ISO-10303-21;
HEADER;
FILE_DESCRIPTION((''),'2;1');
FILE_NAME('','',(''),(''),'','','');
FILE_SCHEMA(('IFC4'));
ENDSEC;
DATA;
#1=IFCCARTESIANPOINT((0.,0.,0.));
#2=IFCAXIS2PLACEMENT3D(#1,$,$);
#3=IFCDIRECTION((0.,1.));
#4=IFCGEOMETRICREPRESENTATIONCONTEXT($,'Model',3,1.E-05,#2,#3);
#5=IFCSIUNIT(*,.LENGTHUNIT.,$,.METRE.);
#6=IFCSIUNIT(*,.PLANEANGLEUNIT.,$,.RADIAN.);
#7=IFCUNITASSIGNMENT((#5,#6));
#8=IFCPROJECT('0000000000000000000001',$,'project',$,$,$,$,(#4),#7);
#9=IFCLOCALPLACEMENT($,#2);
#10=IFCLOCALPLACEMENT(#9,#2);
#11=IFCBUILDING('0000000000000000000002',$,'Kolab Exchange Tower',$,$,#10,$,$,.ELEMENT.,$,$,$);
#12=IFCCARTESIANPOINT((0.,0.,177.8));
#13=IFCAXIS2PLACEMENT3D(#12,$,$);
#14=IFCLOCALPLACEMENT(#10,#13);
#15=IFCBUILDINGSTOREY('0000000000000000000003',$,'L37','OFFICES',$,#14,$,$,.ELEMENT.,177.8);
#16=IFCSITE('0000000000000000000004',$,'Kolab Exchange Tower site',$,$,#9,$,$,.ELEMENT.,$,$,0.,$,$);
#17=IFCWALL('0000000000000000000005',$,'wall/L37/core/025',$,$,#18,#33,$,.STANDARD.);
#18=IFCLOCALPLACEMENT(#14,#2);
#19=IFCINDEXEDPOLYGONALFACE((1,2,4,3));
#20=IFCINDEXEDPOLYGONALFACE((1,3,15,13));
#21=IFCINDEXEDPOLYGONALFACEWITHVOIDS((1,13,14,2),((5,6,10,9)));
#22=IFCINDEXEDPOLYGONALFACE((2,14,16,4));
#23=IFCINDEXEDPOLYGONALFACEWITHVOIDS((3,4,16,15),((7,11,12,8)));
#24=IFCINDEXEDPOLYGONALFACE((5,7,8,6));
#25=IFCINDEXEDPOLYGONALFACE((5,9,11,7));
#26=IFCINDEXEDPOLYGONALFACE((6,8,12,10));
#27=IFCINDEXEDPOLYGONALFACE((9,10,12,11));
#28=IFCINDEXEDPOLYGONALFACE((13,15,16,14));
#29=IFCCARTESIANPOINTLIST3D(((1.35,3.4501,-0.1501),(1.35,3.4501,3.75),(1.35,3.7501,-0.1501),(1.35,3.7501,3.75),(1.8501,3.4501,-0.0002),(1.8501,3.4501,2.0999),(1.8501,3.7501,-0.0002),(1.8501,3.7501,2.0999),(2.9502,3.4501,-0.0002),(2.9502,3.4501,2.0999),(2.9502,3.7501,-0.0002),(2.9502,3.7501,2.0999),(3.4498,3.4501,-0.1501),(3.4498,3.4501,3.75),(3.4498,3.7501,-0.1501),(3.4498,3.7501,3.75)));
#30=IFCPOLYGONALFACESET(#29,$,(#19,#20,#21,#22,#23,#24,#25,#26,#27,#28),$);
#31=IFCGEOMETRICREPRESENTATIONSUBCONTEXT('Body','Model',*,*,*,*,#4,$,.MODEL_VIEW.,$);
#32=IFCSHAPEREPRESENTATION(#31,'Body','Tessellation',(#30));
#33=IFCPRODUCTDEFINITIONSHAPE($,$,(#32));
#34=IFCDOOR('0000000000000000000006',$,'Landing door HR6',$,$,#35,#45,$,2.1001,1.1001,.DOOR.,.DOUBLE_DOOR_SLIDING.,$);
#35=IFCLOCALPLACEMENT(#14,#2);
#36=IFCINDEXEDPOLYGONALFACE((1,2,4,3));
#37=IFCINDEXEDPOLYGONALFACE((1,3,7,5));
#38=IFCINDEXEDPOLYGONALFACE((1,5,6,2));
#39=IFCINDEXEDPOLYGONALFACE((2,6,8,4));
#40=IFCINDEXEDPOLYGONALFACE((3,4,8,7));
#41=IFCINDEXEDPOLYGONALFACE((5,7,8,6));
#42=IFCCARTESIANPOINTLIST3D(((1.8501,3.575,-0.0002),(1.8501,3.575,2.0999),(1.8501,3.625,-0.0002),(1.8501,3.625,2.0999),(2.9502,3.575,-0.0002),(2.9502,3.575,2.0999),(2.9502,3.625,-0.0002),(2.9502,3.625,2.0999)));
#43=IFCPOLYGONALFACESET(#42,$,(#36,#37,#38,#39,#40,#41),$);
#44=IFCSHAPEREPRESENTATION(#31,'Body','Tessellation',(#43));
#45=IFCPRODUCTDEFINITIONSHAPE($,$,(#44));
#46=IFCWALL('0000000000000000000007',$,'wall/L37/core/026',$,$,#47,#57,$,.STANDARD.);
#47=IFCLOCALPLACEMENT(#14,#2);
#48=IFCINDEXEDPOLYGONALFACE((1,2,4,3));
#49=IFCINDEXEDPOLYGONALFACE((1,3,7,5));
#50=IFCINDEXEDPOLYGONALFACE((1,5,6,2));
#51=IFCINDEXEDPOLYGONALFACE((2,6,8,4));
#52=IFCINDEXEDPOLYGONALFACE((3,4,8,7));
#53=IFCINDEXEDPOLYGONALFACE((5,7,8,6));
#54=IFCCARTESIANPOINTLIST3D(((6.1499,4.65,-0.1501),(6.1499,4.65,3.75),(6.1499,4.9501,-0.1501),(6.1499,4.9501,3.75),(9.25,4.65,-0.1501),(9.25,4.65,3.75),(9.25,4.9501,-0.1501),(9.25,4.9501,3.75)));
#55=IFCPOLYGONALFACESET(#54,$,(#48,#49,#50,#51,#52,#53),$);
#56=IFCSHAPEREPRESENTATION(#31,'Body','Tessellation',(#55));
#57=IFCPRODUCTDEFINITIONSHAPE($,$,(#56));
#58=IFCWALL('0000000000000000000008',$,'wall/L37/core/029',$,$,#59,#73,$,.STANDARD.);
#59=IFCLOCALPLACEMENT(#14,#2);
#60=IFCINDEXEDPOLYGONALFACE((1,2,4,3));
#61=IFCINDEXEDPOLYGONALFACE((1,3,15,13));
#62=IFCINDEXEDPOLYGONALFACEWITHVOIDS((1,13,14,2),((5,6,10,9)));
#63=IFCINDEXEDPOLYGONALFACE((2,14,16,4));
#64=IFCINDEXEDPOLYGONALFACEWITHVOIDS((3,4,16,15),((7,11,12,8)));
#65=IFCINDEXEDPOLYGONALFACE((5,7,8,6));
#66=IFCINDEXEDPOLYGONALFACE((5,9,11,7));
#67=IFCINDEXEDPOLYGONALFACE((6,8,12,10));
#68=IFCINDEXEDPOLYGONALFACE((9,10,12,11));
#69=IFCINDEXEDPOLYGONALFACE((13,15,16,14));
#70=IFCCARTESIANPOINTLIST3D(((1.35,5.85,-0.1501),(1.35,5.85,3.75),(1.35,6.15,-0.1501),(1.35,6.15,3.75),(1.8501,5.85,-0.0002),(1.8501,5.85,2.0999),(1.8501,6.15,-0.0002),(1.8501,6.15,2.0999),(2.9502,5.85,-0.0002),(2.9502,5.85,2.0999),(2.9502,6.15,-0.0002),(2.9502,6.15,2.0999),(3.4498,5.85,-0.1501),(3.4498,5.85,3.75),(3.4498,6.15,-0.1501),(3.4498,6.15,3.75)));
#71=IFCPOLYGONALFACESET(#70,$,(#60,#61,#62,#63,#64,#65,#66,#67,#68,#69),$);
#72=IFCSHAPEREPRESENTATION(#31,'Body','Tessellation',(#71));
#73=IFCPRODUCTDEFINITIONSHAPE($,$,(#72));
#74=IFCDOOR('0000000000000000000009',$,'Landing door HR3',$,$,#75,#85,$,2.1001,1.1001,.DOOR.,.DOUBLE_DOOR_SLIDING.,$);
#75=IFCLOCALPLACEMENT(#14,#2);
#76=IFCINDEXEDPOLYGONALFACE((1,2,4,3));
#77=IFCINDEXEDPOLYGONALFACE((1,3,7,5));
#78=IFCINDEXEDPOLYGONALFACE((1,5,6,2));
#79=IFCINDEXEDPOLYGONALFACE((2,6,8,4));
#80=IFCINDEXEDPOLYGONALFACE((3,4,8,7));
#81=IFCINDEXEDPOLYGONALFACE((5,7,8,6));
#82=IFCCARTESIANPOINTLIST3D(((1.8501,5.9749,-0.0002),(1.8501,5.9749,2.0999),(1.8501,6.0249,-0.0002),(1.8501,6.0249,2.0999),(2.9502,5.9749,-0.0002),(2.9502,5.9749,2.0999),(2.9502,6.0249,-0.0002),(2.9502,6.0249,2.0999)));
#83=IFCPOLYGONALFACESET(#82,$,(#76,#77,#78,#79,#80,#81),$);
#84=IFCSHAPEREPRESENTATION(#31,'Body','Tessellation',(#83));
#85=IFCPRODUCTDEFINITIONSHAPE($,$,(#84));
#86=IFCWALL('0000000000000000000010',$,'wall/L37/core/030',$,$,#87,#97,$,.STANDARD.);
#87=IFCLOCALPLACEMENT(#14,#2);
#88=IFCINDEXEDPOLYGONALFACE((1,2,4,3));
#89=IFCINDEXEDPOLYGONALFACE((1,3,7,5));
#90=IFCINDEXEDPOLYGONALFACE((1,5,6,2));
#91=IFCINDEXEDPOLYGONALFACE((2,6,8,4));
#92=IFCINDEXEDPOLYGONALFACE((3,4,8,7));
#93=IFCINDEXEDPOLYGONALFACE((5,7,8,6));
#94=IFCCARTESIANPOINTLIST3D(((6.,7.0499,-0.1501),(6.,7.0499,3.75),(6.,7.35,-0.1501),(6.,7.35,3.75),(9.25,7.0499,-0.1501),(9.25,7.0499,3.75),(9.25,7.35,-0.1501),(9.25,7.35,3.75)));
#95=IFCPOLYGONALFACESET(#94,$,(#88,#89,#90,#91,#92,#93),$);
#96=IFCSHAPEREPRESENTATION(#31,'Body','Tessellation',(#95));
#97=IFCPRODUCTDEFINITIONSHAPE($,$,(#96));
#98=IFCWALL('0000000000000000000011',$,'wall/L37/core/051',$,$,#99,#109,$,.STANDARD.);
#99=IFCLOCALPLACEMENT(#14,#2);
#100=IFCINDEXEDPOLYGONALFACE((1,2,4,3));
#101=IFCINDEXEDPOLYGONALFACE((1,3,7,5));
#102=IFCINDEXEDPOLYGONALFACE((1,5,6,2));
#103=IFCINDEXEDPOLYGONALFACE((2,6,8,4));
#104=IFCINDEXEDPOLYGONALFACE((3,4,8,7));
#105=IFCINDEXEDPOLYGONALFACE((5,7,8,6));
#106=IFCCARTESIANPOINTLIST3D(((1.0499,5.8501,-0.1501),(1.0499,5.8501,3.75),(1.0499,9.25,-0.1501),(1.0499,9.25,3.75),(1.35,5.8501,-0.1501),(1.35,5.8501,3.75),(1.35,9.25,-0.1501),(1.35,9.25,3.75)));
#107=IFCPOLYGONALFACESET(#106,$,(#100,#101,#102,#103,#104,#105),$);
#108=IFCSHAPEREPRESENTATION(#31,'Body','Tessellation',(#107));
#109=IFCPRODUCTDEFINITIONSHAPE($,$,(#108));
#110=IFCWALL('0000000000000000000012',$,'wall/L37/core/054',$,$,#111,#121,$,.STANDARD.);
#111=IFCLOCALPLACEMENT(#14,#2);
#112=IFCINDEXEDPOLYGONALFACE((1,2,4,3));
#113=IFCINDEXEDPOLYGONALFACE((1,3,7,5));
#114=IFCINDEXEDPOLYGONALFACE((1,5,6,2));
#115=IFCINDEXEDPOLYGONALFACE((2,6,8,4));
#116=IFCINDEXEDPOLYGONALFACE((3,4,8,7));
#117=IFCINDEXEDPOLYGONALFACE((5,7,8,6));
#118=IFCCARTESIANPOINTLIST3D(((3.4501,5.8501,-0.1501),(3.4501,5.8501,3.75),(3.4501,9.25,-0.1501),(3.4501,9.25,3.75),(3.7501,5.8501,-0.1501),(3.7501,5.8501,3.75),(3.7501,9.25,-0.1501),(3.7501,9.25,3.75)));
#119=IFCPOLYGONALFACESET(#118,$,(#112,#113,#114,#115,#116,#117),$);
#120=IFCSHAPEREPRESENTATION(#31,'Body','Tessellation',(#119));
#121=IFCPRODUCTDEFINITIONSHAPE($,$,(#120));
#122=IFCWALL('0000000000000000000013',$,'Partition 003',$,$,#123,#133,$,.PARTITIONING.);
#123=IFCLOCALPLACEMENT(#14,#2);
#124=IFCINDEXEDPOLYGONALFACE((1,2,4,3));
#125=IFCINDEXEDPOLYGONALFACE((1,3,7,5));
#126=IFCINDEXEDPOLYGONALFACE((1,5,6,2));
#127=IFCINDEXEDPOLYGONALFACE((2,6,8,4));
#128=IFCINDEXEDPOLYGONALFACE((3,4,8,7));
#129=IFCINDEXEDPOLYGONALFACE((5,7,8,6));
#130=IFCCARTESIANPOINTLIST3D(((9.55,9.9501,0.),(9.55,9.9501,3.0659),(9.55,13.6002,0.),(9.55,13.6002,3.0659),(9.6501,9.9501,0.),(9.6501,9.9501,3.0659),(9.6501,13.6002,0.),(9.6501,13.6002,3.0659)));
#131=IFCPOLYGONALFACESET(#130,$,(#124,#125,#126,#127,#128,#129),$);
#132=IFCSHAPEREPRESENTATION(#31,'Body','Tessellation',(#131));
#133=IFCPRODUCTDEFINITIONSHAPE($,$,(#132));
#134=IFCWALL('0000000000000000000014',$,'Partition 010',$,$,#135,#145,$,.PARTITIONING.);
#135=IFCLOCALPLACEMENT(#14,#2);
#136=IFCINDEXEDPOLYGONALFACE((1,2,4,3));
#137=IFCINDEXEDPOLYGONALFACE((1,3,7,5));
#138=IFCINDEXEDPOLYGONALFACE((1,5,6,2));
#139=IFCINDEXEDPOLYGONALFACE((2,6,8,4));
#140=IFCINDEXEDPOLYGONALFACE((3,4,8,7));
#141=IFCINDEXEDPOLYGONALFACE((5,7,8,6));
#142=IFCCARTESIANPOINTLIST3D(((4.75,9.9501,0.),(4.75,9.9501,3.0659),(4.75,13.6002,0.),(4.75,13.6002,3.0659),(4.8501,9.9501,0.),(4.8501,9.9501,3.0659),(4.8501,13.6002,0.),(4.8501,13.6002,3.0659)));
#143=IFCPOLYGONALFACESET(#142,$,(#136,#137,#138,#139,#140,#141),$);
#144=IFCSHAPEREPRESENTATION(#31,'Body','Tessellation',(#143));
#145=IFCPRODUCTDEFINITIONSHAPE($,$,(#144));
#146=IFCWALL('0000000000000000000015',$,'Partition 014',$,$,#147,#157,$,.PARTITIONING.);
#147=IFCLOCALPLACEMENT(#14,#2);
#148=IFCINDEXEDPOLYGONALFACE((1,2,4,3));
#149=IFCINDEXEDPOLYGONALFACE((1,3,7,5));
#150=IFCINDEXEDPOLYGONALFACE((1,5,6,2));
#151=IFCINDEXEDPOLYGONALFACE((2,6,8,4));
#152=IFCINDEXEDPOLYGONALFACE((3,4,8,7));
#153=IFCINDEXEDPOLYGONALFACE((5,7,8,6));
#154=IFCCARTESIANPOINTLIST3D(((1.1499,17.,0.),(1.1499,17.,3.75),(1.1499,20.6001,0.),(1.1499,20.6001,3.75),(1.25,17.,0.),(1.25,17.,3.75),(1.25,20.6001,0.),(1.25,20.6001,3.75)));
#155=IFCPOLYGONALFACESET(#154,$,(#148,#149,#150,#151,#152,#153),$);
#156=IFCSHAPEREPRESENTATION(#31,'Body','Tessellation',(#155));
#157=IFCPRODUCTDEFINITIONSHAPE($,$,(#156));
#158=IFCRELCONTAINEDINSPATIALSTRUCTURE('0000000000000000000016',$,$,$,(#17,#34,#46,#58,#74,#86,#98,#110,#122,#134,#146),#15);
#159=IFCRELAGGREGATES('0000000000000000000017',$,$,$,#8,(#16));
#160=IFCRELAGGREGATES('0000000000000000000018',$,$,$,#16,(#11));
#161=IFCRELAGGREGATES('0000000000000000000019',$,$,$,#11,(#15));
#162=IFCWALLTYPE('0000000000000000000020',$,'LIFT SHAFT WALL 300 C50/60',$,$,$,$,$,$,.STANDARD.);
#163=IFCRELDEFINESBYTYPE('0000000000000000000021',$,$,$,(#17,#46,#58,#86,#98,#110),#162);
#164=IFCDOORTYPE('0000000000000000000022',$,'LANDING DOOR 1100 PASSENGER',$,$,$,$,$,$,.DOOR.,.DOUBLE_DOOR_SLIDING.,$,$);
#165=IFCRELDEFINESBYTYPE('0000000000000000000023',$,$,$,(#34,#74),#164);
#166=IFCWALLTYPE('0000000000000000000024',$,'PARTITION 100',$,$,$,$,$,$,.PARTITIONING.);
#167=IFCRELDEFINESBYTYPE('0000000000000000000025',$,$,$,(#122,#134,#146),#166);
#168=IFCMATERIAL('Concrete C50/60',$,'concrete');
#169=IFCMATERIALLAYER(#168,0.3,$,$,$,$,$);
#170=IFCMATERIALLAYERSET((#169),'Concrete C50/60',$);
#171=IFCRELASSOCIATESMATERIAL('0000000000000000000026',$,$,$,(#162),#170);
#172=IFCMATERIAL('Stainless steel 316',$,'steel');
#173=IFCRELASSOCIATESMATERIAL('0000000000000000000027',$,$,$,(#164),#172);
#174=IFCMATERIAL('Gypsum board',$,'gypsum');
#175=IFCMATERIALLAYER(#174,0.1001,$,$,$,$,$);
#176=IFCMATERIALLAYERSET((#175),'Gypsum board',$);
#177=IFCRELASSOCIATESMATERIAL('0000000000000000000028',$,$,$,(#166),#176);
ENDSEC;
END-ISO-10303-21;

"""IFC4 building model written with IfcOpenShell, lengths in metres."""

from ifc_helpers import new_model, si_unit, direction, frame, frame_2d, origin, place, context, subcontext, project, spatial, rectangle, extrude, material, layer, layer_set, type_object, element, fill, save


model = new_model("IFC4")

# Units and contexts
model_context = context("Model", 3, precision=1e-05, world=origin(), true_north=direction((0.0, 1.0)))
body_context = subcontext(model_context, "Body", "Model", "MODEL_VIEW")
ifc_project = project(units=[si_unit("LENGTHUNIT", "METRE"), si_unit("PLANEANGLEUNIT", "RADIAN")], contexts=[model_context])

# Site, building, storey
site_placement = place(None, origin())
site = spatial("IfcSite", under=ifc_project, at=site_placement, Name="Kolab Exchange Tower site", CompositionType="ELEMENT", RefElevation=0.0)
building_placement = place(site_placement, origin())
building = spatial("IfcBuilding", under=site, at=building_placement, Name="Kolab Exchange Tower", CompositionType="ELEMENT")
storey_placement = place(building_placement, frame((0.0, 0.0, 177.8)))
storey = spatial("IfcBuildingStorey", under=building, at=storey_placement, Name="L37", Description="OFFICES", CompositionType="ELEMENT", Elevation=177.8)

# Shared definitions
ifc_material_1 = material(Name="Concrete C50/60", Category="concrete")

# Shared definitions
ifc_layer_1 = layer(ifc_material_1, 0.3)
ifc_layer_set_1 = layer_set([ifc_layer_1], Name="Concrete C50/60")
wall_type_1 = type_object("IfcWallType", Name="LIFT SHAFT WALL 300 C50/60", PredefinedType="STANDARD", material=ifc_layer_set_1)

# Wall, opening, door
wall_1_placement = place(storey_placement, frame((1.3501, 3.6001, -0.1501), z_axis=(0.0, 0.0, 1.0), x_axis=(1.0, 0.0, 0.0)))
wall_1 = element("IfcWall", 1, at=wall_1_placement, inside=storey, type_object=wall_type_1, Name="wall/L37/core/025", PredefinedType="STANDARD", context=body_context, shape_type="SweptSolid", body=[
    extrude(rectangle(XDim=2.0999, YDim=0.3, at=frame_2d((1.0498, 0.0))), origin(), (0.0, 0.0, 1.0), 3.9001),
])
opening_1_placement = place(wall_1_placement, frame((0.5, 0.0, 0.1499)))
opening_1 = element("IfcOpeningElement", 2, at=opening_1_placement, cuts=wall_1, PredefinedType="OPENING", context=body_context, shape_type="SweptSolid", body=[
    extrude(rectangle(XDim=1.1001, YDim=2.1001, at=frame_2d((0.55, 1.05))), frame((0.0, 0.1602, 0.0), z_axis=(0.0, -1.0, 0.0), x_axis=(1.0, 0.0, 0.0)), (0.0, 0.0, 1.0), 0.3201),
])
ifc_material_2 = material(Name="Stainless steel 316", Category="steel")
door_type_1 = type_object("IfcDoorType", Name="LANDING DOOR 1100 PASSENGER", OperationType="DOUBLE_DOOR_SLIDING", PredefinedType="DOOR", material=ifc_material_2)
door_1_placement = place(opening_1_placement, origin())
door_1 = element("IfcDoor", 3, at=door_1_placement, inside=storey, type_object=door_type_1, Name="Landing door HR6", OperationType="DOUBLE_DOOR_SLIDING", OverallHeight=2.1001, OverallWidth=1.1001, PredefinedType="DOOR", context=body_context, shape_type="SweptSolid", body=[
    extrude(rectangle(XDim=1.1001, YDim=2.1001, at=frame_2d((0.55, 1.05))), frame((0.0, 0.0249, 0.0), z_axis=(0.0, -1.0, 0.0), x_axis=(1.0, 0.0, 0.0)), (0.0, 0.0, 1.0), 0.05),
])
fill(opening_1, door_1)

# Wall
wall_2_placement = place(storey_placement, frame((6.1499, 4.8, -0.1501), z_axis=(0.0, 0.0, 1.0), x_axis=(1.0, 0.0, 0.0)))
element("IfcWall", 4, at=wall_2_placement, inside=storey, type_object=wall_type_1, Name="wall/L37/core/026", PredefinedType="STANDARD", context=body_context, shape_type="SweptSolid", body=[
    extrude(rectangle(XDim=3.1001, YDim=0.3, at=frame_2d((1.55, 0.0))), origin(), (0.0, 0.0, 1.0), 3.9001),
])

# Wall, opening, door
wall_3_placement = place(storey_placement, frame((1.3501, 6.0, -0.1501), z_axis=(0.0, 0.0, 1.0), x_axis=(1.0, 0.0, 0.0)))
wall_3 = element("IfcWall", 5, at=wall_3_placement, inside=storey, type_object=wall_type_1, Name="wall/L37/core/029", PredefinedType="STANDARD", context=body_context, shape_type="SweptSolid", body=[
    extrude(rectangle(XDim=2.0999, YDim=0.3, at=frame_2d((1.0498, 0.0))), origin(), (0.0, 0.0, 1.0), 3.9001),
])
opening_2_placement = place(wall_3_placement, frame((0.5, 0.0, 0.1499)))
opening_2 = element("IfcOpeningElement", 6, at=opening_2_placement, cuts=wall_3, PredefinedType="OPENING", context=body_context, shape_type="SweptSolid", body=[
    extrude(rectangle(XDim=1.1001, YDim=2.1001, at=frame_2d((0.55, 1.05))), frame((0.0, 0.1602, 0.0), z_axis=(0.0, -1.0, 0.0), x_axis=(1.0, 0.0, 0.0)), (0.0, 0.0, 1.0), 0.3201),
])
door_2_placement = place(opening_2_placement, origin())
door_2 = element("IfcDoor", 7, at=door_2_placement, inside=storey, type_object=door_type_1, Name="Landing door HR3", OperationType="DOUBLE_DOOR_SLIDING", OverallHeight=2.1001, OverallWidth=1.1001, PredefinedType="DOOR", context=body_context, shape_type="SweptSolid", body=[
    extrude(rectangle(XDim=1.1001, YDim=2.1001, at=frame_2d((0.55, 1.05))), frame((0.0, 0.0249, 0.0), z_axis=(0.0, -1.0, 0.0), x_axis=(1.0, 0.0, 0.0)), (0.0, 0.0, 1.0), 0.05),
])
fill(opening_2, door_2)

# Walls
wall_4_placement = place(storey_placement, frame((6.0, 7.2, -0.1501), z_axis=(0.0, 0.0, 1.0), x_axis=(1.0, 0.0, 0.0)))
element("IfcWall", 8, at=wall_4_placement, inside=storey, type_object=wall_type_1, Name="wall/L37/core/030", PredefinedType="STANDARD", context=body_context, shape_type="SweptSolid", body=[
    extrude(rectangle(XDim=3.25, YDim=0.3, at=frame_2d((1.625, 0.0))), origin(), (0.0, 0.0, 1.0), 3.9001),
])
for number, where, z_axis, x_axis, name in (
    (9, (1.2, 5.8501, -0.1501), (0.0, 0.0, 1.0), (0.0, 1.0, 0.0), "wall/L37/core/051"),
    (10, (3.6001, 5.8501, -0.1501), (0.0, 0.0, 1.0), (0.0, 1.0, 0.0), "wall/L37/core/054"),
):
    element("IfcWall", number, at=place(storey_placement, frame(where, z_axis=z_axis, x_axis=x_axis)), inside=storey, type_object=wall_type_1, Name=name, PredefinedType="STANDARD", context=body_context, shape_type="SweptSolid", body=[
        extrude(rectangle(XDim=3.3999, YDim=0.3, at=frame_2d((1.7, 0.0))), origin(), (0.0, 0.0, 1.0), 3.9001),
    ])
ifc_material_3 = material(Name="Gypsum board", Category="gypsum")
ifc_layer_2 = layer(ifc_material_3, 0.1001)
ifc_layer_set_2 = layer_set([ifc_layer_2], Name="Gypsum board")
wall_type_2 = type_object("IfcWallType", Name="PARTITION 100", PredefinedType="PARTITIONING", material=ifc_layer_set_2)
for number, where, z_axis, x_axis, name in (
    (11, (9.6001, 9.95, 0.0), (0.0, 0.0, 1.0), (0.0, 1.0, 0.0), "Partition 003"),
    (12, (4.8, 9.95, 0.0), (0.0, 0.0, 1.0), (0.0, 1.0, 0.0), "Partition 010"),
):
    element("IfcWall", number, at=place(storey_placement, frame(where, z_axis=z_axis, x_axis=x_axis)), inside=storey, type_object=wall_type_2, Name=name, PredefinedType="PARTITIONING", context=body_context, shape_type="SweptSolid", body=[
        extrude(rectangle(XDim=3.6501, YDim=0.1001, at=frame_2d((1.8252, 0.0))), origin(), (0.0, 0.0, 1.0), 3.0659),
    ])
wall_5_placement = place(storey_placement, frame((1.2, 17.0, 0.0), z_axis=(0.0, 0.0, 1.0), x_axis=(0.0, 1.0, 0.0)))
element("IfcWall", 13, at=wall_5_placement, inside=storey, type_object=wall_type_2, Name="Partition 014", PredefinedType="PARTITIONING", context=body_context, shape_type="SweptSolid", body=[
    extrude(rectangle(XDim=3.6001, YDim=0.1001, at=frame_2d((1.8, 0.0))), origin(), (0.0, 0.0, 1.0), 3.75),
])

save(model, "model.ifc")
